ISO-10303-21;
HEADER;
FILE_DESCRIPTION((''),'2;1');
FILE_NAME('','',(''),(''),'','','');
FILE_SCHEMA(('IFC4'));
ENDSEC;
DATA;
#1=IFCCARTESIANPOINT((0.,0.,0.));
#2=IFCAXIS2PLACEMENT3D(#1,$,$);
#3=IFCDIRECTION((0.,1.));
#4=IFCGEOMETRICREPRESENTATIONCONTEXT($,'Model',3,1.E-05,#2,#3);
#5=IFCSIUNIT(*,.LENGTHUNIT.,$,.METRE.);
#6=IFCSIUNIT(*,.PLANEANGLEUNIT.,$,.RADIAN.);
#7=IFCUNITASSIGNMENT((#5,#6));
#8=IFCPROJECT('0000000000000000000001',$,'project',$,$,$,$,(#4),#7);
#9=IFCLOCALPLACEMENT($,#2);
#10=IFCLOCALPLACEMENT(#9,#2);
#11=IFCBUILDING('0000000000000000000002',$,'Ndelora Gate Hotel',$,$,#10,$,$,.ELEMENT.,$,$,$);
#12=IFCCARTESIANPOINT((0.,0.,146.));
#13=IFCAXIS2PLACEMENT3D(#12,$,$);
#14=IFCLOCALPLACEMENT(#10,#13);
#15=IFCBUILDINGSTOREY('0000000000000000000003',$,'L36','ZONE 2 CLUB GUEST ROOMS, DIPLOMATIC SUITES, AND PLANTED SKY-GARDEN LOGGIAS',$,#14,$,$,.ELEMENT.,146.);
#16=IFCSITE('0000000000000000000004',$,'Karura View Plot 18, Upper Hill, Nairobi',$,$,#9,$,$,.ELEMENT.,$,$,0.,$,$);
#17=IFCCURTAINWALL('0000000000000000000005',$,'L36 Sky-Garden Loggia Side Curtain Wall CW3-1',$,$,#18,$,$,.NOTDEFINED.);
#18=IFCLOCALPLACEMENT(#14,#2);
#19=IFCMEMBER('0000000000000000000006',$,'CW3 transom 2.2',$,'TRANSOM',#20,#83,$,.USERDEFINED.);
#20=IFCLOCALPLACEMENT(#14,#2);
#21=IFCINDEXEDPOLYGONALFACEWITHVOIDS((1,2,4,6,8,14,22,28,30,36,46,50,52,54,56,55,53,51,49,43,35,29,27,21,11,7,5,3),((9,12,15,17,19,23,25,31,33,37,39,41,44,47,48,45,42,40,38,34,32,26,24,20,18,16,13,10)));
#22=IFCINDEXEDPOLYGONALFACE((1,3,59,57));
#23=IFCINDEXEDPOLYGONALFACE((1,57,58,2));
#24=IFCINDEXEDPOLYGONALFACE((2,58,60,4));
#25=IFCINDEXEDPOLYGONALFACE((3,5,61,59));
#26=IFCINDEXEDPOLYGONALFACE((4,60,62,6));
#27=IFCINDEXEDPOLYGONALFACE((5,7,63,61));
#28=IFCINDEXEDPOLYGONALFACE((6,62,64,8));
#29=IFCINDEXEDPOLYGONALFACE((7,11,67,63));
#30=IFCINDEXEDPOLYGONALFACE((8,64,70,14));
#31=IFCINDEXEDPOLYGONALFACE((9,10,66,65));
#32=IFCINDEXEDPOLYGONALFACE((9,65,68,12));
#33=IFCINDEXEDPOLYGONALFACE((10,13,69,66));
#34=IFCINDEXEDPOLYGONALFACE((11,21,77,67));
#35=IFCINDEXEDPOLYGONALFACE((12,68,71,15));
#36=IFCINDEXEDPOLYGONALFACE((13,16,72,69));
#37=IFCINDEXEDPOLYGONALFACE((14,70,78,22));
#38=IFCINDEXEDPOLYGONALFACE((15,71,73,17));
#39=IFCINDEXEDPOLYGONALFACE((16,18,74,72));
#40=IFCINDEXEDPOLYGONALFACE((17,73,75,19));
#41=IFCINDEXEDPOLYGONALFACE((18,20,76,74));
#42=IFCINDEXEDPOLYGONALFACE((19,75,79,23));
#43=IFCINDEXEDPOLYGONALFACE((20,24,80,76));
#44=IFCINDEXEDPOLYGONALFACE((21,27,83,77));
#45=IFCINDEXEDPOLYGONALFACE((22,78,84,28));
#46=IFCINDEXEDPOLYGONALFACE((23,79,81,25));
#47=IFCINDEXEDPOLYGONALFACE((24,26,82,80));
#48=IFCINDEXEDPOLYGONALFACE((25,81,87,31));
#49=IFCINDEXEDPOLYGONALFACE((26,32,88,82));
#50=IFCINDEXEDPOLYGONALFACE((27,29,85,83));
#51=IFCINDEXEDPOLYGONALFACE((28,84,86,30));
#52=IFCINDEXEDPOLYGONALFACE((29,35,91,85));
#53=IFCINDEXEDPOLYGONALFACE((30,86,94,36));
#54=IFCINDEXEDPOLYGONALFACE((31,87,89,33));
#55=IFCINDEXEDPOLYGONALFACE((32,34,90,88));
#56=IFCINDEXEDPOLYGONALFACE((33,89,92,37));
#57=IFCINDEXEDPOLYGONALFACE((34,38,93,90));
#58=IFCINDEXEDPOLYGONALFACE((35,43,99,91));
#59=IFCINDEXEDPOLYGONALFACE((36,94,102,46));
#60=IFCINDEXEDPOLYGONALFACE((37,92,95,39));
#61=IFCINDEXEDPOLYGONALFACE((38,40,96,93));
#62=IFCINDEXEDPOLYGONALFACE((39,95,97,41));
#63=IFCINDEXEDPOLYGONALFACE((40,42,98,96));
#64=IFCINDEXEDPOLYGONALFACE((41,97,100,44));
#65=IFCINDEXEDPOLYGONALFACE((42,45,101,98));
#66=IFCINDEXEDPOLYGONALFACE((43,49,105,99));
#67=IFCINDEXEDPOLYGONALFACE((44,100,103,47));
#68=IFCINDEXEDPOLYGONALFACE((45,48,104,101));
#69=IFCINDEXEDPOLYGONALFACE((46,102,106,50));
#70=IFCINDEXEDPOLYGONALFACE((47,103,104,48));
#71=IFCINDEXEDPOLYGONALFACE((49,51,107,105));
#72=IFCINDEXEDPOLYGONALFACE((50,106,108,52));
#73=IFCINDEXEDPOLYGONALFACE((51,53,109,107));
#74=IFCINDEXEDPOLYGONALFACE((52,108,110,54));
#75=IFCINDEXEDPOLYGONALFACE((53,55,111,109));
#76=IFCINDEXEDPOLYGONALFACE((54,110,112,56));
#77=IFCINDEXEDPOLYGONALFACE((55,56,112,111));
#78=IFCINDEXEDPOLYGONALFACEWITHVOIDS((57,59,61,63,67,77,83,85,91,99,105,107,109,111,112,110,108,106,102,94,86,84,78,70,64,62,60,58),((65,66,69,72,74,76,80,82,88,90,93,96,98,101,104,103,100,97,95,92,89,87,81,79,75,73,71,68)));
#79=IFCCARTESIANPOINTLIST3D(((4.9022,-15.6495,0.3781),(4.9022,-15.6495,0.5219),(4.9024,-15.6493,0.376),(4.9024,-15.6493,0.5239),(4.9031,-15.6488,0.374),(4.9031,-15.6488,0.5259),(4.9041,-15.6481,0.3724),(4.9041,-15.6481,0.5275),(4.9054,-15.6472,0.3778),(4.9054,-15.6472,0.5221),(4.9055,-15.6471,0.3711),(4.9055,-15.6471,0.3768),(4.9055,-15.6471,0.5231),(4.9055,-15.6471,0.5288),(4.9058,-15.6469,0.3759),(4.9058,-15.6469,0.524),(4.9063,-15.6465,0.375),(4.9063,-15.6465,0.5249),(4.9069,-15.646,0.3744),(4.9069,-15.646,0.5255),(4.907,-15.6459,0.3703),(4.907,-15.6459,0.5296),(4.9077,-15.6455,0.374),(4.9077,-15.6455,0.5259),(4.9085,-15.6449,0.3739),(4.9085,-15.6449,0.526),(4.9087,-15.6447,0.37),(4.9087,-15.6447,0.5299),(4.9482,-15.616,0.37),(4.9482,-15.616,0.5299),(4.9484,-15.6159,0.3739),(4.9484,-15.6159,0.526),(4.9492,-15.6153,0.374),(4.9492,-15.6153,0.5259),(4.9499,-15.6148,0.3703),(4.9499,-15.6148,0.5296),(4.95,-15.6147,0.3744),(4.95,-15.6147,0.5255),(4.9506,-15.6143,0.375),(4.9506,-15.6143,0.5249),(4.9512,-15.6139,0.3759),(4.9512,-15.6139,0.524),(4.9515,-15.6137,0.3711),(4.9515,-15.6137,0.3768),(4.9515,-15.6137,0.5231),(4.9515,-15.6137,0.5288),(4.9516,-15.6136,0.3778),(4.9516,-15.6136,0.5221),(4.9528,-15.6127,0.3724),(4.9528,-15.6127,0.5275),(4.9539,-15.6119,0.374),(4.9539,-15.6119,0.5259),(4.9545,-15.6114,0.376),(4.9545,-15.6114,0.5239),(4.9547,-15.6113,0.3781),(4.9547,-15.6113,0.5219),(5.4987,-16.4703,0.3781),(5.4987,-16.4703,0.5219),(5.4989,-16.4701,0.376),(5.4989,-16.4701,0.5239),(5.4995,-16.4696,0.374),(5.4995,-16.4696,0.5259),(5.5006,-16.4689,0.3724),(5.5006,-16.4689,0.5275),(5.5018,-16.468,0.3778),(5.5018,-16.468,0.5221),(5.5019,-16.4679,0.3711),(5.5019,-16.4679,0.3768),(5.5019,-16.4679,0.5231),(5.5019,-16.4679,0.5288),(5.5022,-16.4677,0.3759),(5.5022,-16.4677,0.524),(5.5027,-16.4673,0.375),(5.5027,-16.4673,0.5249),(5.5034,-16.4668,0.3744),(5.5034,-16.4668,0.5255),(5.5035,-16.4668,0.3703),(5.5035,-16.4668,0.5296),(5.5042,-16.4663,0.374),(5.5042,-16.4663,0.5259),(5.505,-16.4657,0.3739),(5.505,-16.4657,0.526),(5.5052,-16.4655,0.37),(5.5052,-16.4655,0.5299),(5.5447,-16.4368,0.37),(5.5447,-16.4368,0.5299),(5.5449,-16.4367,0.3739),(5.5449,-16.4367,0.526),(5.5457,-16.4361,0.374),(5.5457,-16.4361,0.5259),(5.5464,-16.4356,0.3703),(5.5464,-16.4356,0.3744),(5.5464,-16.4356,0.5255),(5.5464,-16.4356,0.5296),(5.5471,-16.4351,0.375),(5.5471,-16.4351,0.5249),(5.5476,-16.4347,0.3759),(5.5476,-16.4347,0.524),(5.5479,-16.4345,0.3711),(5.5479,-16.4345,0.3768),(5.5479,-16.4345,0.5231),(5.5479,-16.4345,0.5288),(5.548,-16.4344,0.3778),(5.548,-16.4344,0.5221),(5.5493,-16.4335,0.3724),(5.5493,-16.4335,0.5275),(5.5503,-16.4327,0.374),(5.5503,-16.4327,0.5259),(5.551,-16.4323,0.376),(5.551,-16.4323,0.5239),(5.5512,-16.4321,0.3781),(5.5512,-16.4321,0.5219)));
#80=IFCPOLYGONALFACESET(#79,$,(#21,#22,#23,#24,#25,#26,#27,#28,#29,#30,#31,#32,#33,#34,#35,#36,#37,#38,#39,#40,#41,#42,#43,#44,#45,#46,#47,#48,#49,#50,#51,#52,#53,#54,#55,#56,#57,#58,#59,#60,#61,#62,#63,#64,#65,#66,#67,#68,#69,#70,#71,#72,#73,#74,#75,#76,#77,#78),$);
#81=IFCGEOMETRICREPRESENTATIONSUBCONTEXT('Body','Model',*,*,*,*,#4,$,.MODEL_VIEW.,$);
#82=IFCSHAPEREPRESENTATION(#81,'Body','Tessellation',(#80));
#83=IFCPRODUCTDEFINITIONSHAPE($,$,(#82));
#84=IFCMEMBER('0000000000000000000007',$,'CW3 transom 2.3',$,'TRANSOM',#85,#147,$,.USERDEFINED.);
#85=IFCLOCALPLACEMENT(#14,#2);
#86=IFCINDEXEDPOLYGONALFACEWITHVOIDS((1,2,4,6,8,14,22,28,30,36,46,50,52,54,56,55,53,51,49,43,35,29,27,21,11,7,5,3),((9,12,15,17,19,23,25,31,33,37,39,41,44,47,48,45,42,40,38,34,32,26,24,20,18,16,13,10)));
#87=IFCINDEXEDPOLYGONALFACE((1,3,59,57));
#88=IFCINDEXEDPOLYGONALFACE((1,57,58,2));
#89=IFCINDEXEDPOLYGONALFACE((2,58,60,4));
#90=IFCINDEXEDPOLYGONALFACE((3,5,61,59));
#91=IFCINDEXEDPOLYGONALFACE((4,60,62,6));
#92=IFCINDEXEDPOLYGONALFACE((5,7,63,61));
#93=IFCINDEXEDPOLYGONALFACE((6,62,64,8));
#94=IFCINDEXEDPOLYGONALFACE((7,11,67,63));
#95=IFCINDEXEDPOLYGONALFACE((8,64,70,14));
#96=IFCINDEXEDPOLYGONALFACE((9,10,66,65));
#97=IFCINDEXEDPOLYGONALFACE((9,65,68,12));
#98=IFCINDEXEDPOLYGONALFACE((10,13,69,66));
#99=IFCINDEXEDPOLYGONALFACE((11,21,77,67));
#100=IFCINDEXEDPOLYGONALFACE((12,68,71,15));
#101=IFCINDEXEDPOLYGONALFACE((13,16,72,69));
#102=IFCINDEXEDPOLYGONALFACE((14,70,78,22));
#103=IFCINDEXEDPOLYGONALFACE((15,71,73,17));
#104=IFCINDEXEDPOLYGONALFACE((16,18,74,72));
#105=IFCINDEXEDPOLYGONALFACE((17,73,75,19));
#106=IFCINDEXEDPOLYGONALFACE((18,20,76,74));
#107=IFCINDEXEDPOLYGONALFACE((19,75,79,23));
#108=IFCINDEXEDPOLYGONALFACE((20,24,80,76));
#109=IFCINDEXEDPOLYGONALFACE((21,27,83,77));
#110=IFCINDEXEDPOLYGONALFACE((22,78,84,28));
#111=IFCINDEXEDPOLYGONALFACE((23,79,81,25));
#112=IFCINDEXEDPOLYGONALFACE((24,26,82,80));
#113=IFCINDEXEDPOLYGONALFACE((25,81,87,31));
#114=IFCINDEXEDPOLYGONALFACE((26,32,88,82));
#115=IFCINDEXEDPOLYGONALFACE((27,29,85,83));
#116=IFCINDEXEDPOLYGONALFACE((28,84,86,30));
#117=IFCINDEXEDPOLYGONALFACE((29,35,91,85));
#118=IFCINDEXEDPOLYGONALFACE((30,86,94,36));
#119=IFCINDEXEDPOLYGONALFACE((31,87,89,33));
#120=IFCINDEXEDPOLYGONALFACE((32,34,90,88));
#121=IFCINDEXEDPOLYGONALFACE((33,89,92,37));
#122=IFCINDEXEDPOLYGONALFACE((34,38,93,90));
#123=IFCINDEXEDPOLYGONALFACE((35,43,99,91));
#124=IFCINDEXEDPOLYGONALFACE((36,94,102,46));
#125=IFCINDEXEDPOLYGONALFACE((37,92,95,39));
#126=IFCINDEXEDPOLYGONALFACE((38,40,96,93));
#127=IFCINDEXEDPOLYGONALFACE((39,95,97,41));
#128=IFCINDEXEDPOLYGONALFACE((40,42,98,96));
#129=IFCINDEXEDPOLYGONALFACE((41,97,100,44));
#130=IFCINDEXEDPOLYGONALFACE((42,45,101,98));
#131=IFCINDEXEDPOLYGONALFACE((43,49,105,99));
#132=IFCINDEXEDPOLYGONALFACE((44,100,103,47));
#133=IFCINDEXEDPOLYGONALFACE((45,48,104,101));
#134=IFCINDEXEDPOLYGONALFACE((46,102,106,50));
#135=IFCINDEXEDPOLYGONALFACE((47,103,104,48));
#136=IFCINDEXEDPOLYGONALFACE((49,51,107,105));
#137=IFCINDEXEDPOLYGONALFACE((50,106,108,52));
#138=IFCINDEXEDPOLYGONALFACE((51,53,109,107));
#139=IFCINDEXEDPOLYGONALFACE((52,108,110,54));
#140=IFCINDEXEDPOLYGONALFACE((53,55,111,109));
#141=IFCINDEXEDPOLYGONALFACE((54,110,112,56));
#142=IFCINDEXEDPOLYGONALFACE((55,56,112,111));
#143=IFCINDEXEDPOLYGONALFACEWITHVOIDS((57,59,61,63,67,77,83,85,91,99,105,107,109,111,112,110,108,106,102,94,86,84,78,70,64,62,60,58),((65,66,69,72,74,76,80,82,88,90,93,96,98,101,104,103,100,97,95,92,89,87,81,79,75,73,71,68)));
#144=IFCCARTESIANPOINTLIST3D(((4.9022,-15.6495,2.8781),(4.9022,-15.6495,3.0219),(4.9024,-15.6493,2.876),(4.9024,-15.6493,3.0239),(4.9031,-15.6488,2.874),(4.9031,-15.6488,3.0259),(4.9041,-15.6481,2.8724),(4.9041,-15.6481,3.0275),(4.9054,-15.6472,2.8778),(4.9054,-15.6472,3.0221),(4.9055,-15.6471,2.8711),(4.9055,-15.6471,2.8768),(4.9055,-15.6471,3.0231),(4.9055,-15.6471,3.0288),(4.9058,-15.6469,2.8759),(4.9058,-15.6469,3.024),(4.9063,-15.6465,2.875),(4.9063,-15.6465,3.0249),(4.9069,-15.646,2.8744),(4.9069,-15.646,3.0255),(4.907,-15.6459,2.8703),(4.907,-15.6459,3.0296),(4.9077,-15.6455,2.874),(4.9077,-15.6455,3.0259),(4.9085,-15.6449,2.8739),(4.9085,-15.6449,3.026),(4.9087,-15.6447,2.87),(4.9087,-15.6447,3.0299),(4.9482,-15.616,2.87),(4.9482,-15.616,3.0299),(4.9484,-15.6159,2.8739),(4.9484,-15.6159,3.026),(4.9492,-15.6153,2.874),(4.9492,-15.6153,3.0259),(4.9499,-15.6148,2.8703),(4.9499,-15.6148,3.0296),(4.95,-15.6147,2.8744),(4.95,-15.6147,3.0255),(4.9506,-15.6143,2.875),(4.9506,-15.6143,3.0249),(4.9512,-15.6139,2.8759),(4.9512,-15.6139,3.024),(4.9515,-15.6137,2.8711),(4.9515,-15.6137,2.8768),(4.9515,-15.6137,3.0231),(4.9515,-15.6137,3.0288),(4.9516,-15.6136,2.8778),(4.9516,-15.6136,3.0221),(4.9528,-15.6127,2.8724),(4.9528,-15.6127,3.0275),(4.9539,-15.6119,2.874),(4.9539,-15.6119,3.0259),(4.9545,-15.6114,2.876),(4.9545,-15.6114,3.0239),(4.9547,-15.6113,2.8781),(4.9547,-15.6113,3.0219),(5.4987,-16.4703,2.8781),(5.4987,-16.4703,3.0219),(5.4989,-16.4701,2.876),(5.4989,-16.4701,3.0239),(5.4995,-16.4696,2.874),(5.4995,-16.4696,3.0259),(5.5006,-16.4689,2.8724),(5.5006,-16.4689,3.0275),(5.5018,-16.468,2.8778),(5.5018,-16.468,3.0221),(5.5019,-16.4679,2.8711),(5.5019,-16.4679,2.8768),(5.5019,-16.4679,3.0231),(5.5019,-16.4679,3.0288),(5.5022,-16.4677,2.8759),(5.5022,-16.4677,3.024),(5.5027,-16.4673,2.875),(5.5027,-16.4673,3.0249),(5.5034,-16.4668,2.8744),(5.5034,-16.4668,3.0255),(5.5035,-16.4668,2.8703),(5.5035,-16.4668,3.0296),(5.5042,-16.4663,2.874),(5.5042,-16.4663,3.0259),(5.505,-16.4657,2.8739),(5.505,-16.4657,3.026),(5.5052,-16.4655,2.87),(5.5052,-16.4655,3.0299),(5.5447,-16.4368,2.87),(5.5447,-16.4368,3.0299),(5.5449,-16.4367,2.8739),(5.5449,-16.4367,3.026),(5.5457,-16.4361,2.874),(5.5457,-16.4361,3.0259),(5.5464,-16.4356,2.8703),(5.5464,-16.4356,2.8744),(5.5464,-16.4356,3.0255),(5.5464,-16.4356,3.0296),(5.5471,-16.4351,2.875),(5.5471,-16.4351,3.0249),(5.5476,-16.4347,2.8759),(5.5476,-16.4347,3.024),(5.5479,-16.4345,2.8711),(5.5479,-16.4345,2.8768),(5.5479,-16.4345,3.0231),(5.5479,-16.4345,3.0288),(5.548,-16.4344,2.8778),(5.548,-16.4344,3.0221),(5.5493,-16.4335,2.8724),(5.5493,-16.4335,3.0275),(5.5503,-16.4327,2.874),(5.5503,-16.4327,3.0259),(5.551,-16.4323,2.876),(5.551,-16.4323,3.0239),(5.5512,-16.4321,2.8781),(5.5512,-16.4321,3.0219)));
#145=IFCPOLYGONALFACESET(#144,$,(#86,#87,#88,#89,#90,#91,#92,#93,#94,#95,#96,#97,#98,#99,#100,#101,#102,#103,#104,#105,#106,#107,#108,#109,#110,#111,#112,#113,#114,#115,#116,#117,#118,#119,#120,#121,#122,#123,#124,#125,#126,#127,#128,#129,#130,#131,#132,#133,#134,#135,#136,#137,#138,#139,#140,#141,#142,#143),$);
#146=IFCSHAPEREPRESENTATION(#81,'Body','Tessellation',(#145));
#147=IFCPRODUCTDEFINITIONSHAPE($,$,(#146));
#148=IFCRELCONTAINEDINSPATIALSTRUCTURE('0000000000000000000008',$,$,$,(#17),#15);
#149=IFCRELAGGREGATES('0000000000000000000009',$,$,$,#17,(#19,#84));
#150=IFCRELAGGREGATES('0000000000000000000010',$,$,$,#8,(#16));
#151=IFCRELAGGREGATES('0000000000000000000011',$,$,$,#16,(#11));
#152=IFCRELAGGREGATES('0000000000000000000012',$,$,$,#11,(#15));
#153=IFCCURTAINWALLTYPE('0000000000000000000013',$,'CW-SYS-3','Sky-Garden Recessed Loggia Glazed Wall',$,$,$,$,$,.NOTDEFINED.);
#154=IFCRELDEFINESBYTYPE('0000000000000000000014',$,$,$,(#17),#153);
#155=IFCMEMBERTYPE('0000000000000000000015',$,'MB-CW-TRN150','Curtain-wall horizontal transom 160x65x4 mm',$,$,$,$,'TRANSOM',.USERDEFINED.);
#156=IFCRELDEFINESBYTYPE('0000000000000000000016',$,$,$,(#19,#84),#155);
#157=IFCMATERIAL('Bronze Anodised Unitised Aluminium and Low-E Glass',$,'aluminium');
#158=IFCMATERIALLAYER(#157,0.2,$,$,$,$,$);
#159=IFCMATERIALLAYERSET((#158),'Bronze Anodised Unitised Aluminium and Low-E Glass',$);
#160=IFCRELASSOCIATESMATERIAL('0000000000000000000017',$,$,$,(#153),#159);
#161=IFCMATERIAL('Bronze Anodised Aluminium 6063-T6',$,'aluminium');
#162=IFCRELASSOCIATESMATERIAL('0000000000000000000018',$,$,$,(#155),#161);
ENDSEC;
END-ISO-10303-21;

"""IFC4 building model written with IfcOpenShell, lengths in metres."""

from ifc_helpers import new_model, si_unit, direction, frame, origin, origin_2d, place, context, subcontext, project, spatial, hollow_rectangle, extrude, material, layer, layer_set, material_profile, profile_set, type_object, element, aggregate, save


model = new_model("IFC4")

# Units and contexts
model_context = context("Model", 3, precision=1e-05, world=origin(), true_north=direction((0.0, 1.0)))
body_context = subcontext(model_context, "Body", "Model", "MODEL_VIEW")
ifc_project = project(units=[si_unit("LENGTHUNIT", "METRE"), si_unit("PLANEANGLEUNIT", "RADIAN")], contexts=[model_context])

# Site, building, storey
site_placement = place(None, origin())
site = spatial("IfcSite", under=ifc_project, at=site_placement, Name="Karura View Plot 18, Upper Hill, Nairobi", CompositionType="ELEMENT", RefElevation=0.0)
building_placement = place(site_placement, origin())
building = spatial("IfcBuilding", under=site, at=building_placement, Name="Ndelora Gate Hotel", CompositionType="ELEMENT")
storey_placement = place(building_placement, frame((0.0, 0.0, 146.0)))
storey = spatial("IfcBuildingStorey", under=building, at=storey_placement, Name="L36", Description="ZONE 2 CLUB GUEST ROOMS, DIPLOMATIC SUITES, AND PLANTED SKY-GARDEN LOGGIAS", CompositionType="ELEMENT", Elevation=146.0)

# Curtain wall, members
ifc_material_1 = material(Name="Bronze Anodised Unitised Aluminium and Low-E Glass", Category="aluminium")
ifc_layer_1 = layer(ifc_material_1, 0.2)
ifc_layer_set_1 = layer_set([ifc_layer_1], Name="Bronze Anodised Unitised Aluminium and Low-E Glass")
curtain_wall_type = type_object("IfcCurtainWallType", Name="CW-SYS-3", Description="Sky-Garden Recessed Loggia Glazed Wall", PredefinedType="NOTDEFINED", material=ifc_layer_set_1)
curtain_wall_placement = place(storey_placement, origin())
curtain_wall = element("IfcCurtainWall", 1, at=curtain_wall_placement, inside=storey, type_object=curtain_wall_type, Name="L36 Sky-Garden Loggia Side Curtain Wall CW3-1", PredefinedType="NOTDEFINED")
ifc_material_2 = material(Name="Bronze Anodised Aluminium 6063-T6", Category="aluminium")
ifc_material_profile_1 = material_profile(ifc_material_2, hollow_rectangle(XDim=0.0649, YDim=0.1599, WallThickness=0.0039, InnerFilletRadius=0.0039, OuterFilletRadius=0.0081, at=origin_2d()), Name="ALU 160x65x4")
ifc_profile_set_1 = profile_set([ifc_material_profile_1], Name="Bronze Anodised Aluminium 6063-T6")
member_type_1 = type_object("IfcMemberType", Name="MB-CW-TRN150", Description="Curtain-wall horizontal transom 160x65x4 mm", ElementType="TRANSOM", PredefinedType="USERDEFINED", material=ifc_profile_set_1)
member_1_placement = place(storey_placement, frame((4.9285, -15.6304, 0.45), z_axis=(0.587843, -0.808975, 0.0), x_axis=(0.808975, 0.587843, 0.0)))
member_1 = element("IfcMember", 2, at=member_1_placement, type_object=member_type_1, Name="CW3 transom 2.2", ObjectType="TRANSOM", PredefinedType="USERDEFINED", context=body_context, shape_type="SweptSolid", body=[
    extrude(hollow_rectangle(XDim=0.0649, YDim=0.1599, WallThickness=0.0039, InnerFilletRadius=0.0039, OuterFilletRadius=0.0081, at=origin_2d()), origin(), (0.0, 0.0, 1.0), 1.0146),
])
member_2_placement = place(storey_placement, frame((4.9285, -15.6304, 2.95), z_axis=(0.587843, -0.808975, 0.0), x_axis=(0.808975, 0.587843, 0.0)))
member_2 = element("IfcMember", 3, at=member_2_placement, type_object=member_type_1, Name="CW3 transom 2.3", ObjectType="TRANSOM", PredefinedType="USERDEFINED", context=body_context, shape_type="SweptSolid", body=[
    extrude(hollow_rectangle(XDim=0.0649, YDim=0.1599, WallThickness=0.0039, InnerFilletRadius=0.0039, OuterFilletRadius=0.0081, at=origin_2d()), origin(), (0.0, 0.0, 1.0), 1.0146),
])
aggregate(curtain_wall, [member_1, member_2])

save(model, "model.ifc")
